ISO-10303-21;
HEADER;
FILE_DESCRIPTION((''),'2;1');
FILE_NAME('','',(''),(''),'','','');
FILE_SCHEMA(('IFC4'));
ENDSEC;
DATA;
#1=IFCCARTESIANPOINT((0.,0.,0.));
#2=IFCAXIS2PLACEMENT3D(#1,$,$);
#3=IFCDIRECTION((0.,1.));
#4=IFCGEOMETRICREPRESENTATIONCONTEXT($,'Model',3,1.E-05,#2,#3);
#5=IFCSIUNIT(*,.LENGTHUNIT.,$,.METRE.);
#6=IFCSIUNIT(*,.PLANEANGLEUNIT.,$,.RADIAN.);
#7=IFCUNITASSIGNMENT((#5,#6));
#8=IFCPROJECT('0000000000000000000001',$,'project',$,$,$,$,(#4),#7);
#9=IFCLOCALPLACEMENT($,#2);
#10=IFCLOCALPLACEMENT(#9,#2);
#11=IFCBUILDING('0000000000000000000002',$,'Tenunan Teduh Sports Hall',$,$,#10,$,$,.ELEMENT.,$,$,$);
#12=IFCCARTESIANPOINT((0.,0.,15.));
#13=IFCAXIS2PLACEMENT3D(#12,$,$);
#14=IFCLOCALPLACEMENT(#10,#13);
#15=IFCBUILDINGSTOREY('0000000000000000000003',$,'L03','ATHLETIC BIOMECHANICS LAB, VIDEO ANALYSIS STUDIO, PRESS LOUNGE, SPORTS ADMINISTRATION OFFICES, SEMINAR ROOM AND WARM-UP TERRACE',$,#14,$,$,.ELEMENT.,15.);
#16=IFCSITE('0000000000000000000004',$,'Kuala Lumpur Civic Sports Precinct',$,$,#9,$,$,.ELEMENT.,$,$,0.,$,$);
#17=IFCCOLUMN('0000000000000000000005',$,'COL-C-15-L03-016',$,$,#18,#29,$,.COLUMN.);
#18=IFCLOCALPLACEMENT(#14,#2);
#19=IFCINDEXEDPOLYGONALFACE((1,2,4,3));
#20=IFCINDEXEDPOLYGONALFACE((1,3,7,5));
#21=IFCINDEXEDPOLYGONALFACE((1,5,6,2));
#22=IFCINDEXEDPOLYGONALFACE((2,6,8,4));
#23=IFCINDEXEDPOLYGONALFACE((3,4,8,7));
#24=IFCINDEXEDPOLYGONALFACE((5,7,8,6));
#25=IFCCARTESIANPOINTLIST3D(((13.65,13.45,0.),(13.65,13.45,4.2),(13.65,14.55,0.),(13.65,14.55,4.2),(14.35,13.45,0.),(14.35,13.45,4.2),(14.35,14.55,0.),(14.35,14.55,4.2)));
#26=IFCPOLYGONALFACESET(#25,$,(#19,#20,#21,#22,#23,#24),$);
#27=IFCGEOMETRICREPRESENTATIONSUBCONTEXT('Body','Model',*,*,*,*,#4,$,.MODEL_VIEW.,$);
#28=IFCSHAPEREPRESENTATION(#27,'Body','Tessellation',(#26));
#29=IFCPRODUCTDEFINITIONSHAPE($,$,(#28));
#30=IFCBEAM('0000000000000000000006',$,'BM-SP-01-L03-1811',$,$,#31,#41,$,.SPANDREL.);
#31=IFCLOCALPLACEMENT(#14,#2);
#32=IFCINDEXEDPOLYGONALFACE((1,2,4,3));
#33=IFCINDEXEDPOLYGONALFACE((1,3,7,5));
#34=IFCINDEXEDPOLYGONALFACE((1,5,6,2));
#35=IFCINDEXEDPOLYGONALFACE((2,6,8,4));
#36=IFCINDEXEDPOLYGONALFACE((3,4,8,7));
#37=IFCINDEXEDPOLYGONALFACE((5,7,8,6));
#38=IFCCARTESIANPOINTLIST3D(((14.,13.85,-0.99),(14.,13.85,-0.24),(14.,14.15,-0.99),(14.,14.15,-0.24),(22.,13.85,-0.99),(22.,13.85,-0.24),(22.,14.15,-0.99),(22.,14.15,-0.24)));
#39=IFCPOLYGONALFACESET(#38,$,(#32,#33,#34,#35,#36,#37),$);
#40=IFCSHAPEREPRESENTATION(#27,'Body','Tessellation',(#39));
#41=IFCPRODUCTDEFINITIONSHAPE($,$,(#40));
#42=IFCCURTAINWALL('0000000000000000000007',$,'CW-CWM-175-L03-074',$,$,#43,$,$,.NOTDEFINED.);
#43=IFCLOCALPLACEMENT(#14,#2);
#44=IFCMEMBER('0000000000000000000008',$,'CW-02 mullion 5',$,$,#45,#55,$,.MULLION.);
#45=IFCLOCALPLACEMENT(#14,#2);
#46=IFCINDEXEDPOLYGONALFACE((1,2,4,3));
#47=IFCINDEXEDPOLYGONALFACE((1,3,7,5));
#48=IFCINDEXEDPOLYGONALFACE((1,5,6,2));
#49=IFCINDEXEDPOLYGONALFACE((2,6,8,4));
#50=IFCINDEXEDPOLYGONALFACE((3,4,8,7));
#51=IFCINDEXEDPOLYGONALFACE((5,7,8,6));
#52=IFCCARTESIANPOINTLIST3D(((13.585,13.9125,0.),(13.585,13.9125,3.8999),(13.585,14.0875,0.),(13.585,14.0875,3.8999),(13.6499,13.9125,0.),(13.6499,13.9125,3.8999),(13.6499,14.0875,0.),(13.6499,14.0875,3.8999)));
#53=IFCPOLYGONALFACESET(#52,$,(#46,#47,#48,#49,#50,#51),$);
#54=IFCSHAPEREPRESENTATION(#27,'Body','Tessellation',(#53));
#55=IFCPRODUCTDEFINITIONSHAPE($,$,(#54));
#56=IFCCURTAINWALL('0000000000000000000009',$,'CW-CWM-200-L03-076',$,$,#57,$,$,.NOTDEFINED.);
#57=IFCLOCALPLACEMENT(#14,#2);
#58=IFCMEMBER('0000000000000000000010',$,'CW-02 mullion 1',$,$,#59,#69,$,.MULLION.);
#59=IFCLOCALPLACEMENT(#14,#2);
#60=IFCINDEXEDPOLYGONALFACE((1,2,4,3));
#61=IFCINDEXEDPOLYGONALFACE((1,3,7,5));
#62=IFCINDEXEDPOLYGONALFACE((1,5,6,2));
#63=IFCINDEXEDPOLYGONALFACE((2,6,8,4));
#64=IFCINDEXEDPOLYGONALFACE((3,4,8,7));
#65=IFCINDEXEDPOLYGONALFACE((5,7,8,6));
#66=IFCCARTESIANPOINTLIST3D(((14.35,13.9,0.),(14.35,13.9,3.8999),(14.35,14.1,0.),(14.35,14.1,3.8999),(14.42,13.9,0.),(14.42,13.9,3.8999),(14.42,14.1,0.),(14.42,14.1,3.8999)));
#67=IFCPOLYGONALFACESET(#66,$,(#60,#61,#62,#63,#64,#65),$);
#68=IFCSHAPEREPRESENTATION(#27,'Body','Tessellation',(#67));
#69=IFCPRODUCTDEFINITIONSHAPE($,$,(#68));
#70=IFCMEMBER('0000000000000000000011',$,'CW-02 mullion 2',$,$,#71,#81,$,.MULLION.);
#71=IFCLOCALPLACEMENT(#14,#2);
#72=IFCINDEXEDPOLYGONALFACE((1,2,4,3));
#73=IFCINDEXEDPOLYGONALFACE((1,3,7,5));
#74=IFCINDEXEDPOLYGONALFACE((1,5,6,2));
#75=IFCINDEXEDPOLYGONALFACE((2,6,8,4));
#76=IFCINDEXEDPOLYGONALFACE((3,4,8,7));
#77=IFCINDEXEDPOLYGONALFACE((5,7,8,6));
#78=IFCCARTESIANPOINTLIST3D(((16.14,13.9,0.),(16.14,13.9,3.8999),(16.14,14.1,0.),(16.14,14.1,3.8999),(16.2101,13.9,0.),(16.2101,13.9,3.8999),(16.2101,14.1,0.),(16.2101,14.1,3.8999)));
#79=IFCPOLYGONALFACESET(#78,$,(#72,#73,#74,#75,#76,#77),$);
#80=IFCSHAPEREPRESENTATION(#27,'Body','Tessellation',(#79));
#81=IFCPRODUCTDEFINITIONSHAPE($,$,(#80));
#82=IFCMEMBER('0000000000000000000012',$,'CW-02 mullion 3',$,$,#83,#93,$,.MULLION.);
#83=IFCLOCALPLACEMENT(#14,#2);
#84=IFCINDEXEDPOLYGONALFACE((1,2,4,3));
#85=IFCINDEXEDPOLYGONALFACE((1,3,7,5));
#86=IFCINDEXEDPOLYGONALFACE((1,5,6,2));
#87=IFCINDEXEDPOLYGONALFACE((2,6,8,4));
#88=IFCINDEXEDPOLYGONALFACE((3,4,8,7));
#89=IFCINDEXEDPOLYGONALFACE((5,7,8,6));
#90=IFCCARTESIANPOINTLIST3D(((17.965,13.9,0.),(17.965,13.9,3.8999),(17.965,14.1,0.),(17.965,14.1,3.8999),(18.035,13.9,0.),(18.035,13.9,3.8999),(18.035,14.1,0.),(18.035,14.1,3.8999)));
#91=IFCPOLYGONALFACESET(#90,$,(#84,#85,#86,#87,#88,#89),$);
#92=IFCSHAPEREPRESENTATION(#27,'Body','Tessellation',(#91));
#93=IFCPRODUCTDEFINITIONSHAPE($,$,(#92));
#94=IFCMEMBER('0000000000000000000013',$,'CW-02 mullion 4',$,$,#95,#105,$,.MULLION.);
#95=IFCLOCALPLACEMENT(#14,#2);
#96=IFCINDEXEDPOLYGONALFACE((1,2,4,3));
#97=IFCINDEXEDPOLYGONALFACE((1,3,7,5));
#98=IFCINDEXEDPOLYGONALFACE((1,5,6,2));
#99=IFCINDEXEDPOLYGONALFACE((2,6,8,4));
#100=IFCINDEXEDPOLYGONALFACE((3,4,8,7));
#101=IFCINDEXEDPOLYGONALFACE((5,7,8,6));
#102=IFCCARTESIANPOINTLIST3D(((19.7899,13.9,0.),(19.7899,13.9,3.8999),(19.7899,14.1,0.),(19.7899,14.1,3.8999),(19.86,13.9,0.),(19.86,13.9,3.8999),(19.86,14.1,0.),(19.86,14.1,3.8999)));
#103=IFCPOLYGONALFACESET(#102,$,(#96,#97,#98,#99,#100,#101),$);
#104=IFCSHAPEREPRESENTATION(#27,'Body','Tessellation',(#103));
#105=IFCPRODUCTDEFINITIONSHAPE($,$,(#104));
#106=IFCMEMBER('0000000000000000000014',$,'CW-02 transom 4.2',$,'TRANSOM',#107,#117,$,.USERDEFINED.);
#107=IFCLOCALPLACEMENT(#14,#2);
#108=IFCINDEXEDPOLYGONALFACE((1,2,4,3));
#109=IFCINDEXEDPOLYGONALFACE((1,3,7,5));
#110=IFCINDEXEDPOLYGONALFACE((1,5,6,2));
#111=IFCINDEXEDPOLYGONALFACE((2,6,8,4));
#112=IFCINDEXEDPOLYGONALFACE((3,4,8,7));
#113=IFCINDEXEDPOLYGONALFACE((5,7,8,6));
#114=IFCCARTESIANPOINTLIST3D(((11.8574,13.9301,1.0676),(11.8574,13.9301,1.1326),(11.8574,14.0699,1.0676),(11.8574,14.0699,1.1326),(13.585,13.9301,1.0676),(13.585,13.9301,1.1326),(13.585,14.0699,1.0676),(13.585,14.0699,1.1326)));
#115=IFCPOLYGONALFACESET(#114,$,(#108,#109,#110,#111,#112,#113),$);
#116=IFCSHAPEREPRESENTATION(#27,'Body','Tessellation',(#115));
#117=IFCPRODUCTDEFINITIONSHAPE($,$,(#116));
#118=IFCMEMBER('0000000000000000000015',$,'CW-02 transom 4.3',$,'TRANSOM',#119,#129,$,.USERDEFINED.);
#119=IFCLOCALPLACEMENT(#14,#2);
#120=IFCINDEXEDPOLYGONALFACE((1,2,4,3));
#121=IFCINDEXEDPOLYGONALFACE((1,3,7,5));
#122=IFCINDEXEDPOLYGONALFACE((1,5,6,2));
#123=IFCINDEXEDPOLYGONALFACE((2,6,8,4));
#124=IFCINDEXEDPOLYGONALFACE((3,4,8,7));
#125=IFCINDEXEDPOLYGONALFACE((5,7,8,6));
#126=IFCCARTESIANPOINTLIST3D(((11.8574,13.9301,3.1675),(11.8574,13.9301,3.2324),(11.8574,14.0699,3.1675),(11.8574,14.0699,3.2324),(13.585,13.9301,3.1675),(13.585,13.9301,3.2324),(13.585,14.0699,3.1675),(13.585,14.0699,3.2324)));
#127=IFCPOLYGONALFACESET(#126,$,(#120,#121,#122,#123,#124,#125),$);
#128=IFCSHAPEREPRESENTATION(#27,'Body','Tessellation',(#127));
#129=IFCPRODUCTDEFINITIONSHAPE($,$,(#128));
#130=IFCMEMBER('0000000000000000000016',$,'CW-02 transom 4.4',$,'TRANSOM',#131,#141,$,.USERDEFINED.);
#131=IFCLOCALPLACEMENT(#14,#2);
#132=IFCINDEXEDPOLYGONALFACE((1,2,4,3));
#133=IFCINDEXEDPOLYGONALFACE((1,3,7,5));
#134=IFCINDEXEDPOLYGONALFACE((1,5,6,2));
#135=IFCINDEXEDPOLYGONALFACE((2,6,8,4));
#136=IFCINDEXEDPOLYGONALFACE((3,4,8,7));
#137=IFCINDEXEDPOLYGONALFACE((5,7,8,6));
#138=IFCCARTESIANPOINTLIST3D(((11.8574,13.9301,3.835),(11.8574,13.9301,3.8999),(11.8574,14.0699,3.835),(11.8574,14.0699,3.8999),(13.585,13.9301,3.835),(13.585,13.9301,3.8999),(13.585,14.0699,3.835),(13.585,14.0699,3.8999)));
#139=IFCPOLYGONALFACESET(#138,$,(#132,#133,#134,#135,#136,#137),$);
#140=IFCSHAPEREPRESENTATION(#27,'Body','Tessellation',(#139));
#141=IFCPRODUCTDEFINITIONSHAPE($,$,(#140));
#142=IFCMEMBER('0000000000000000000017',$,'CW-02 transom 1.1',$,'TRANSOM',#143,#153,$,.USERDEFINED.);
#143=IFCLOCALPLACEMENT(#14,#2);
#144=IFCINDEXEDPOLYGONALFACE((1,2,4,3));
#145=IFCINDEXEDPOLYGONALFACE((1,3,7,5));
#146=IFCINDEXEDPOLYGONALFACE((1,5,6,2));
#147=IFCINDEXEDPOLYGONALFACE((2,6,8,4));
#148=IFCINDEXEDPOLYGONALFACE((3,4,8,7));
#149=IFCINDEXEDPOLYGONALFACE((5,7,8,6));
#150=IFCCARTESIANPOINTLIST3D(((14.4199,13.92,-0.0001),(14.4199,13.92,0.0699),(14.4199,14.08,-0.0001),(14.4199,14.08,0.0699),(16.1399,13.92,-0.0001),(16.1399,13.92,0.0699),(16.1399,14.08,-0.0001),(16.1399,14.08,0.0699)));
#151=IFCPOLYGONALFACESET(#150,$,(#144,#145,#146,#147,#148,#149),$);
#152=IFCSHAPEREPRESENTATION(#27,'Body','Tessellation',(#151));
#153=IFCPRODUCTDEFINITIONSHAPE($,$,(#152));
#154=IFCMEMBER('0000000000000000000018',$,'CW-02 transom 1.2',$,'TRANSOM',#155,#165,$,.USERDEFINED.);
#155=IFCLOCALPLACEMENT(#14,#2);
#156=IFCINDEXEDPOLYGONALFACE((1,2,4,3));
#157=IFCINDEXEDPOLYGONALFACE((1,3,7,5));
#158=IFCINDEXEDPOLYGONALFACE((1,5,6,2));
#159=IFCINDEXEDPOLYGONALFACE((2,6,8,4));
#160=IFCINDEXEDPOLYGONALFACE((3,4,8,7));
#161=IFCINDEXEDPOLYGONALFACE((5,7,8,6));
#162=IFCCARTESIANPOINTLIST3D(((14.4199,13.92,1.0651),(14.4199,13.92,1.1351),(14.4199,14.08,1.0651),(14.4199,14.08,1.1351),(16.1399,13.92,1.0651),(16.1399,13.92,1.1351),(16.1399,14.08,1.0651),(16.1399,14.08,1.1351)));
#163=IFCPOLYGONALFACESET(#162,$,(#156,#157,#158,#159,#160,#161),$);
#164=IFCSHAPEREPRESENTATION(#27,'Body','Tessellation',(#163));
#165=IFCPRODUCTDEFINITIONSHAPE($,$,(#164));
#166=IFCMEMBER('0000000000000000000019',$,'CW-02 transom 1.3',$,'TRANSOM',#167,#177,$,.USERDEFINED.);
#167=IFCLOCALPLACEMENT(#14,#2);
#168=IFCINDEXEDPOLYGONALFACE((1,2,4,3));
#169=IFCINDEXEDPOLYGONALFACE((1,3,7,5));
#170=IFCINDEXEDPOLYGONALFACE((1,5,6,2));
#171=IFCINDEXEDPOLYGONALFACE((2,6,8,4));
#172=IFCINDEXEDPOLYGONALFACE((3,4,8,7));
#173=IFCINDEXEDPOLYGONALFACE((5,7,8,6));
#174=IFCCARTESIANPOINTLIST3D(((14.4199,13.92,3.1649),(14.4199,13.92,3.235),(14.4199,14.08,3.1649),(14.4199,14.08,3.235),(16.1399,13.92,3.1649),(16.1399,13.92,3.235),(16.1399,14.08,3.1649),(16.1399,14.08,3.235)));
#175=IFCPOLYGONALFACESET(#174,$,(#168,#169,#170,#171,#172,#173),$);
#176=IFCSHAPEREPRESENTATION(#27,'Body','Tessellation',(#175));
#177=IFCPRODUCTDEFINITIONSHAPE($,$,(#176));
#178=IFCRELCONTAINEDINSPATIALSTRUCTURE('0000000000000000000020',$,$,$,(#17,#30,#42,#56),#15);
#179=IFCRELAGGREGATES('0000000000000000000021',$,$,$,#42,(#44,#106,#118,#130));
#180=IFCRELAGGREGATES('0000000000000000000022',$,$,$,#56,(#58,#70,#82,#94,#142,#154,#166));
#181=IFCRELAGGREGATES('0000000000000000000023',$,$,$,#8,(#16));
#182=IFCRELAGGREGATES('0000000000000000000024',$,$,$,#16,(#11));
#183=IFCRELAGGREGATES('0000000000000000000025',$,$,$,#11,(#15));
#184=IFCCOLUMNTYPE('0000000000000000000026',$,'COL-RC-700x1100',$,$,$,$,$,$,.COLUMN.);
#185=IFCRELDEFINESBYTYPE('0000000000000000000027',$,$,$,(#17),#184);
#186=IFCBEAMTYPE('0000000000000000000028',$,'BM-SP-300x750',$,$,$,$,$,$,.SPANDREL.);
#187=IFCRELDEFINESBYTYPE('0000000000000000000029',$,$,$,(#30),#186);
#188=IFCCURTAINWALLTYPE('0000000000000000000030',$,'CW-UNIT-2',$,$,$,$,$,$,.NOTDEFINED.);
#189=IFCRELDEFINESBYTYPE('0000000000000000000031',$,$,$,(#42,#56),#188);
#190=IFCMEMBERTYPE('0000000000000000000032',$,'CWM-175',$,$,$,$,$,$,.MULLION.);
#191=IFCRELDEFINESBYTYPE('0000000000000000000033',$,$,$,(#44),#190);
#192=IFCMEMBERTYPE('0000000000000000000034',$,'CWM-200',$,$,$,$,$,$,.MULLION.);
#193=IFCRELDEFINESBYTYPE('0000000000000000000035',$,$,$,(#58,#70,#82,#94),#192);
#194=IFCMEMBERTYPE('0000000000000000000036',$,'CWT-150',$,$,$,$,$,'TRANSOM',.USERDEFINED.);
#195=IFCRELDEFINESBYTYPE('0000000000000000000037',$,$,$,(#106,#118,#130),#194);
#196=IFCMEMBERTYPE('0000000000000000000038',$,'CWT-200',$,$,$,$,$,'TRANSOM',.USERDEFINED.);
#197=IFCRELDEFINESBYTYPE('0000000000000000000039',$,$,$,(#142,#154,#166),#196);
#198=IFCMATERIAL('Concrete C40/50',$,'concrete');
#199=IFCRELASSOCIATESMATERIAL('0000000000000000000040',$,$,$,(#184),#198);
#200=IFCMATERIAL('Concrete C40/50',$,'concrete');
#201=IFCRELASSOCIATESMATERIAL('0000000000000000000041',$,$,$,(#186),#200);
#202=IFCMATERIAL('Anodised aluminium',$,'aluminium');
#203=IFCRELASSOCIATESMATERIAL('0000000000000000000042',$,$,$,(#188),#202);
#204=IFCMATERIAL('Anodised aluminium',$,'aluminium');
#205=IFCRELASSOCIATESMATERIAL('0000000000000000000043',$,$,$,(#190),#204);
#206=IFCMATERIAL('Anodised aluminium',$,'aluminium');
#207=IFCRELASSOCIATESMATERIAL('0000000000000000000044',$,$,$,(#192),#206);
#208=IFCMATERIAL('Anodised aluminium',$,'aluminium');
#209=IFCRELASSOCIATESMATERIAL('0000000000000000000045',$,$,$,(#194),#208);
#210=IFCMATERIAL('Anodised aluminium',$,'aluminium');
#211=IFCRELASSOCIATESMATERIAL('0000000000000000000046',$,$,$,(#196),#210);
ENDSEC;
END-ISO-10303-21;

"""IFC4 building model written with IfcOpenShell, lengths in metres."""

from ifc_helpers import new_model, si_unit, direction, frame, origin, origin_2d, place, context, subcontext, project, spatial, rectangle, extrude, material, material_profile, profile_set, type_object, element, aggregate, save


model = new_model("IFC4")

# Units and contexts
model_context = context("Model", 3, precision=1e-05, world=origin(), true_north=direction((0.0, 1.0)))
body_context = subcontext(model_context, "Body", "Model", "MODEL_VIEW")
ifc_project = project(units=[si_unit("LENGTHUNIT", "METRE"), si_unit("PLANEANGLEUNIT", "RADIAN")], contexts=[model_context])

# Site, building, storey
site_placement = place(None, origin())
site = spatial("IfcSite", under=ifc_project, at=site_placement, Name="Kuala Lumpur Civic Sports Precinct", CompositionType="ELEMENT", RefElevation=0.0)
building_placement = place(site_placement, origin())
building = spatial("IfcBuilding", under=site, at=building_placement, Name="Tenunan Teduh Sports Hall", CompositionType="ELEMENT")
storey_placement = place(building_placement, frame((0.0, 0.0, 15.0)))
storey = spatial("IfcBuildingStorey", under=building, at=storey_placement, Name="L03", Description="ATHLETIC BIOMECHANICS LAB, VIDEO ANALYSIS STUDIO, PRESS LOUNGE, SPORTS ADMINISTRATION OFFICES, SEMINAR ROOM AND WARM-UP TERRACE", CompositionType="ELEMENT", Elevation=15.0)

# Column
ifc_material_1 = material(Name="Concrete C40/50", Category="concrete")
ifc_material_profile_1 = material_profile(ifc_material_1, rectangle(XDim=0.7, YDim=1.1001, at=origin_2d()), Name="RC 700x1100")
ifc_profile_set_1 = profile_set([ifc_material_profile_1], Name="Concrete C40/50")
column_type = type_object("IfcColumnType", Name="COL-RC-700x1100", PredefinedType="COLUMN", material=ifc_profile_set_1)
column_placement = place(storey_placement, frame((14.0, 14.0, 0.0), z_axis=(0.0, 0.0, 1.0), x_axis=(1.0, 0.0, 0.0)))
element("IfcColumn", 1, at=column_placement, inside=storey, type_object=column_type, Name="COL-C-15-L03-016", PredefinedType="COLUMN", context=body_context, shape_type="SweptSolid", body=[
    extrude(rectangle(XDim=0.7, YDim=1.1001, at=origin_2d()), origin(), (0.0, 0.0, 1.0), 4.2),
])

# Beam
ifc_material_2 = material(Name="Concrete C40/50", Category="concrete")
ifc_material_profile_2 = material_profile(ifc_material_2, rectangle(XDim=0.3, YDim=0.75, at=origin_2d()), Name="SPB 300x750")
ifc_profile_set_2 = profile_set([ifc_material_profile_2], Name="Concrete C40/50")
beam_type = type_object("IfcBeamType", Name="BM-SP-300x750", PredefinedType="SPANDREL", material=ifc_profile_set_2)
beam_placement = place(storey_placement, frame((14.0, 14.0, -0.615), z_axis=(1.0, 0.0, 0.0), x_axis=(0.0, 1.0, 0.0)))
element("IfcBeam", 2, at=beam_placement, inside=storey, type_object=beam_type, Name="BM-SP-01-L03-1811", PredefinedType="SPANDREL", context=body_context, shape_type="SweptSolid", body=[
    extrude(rectangle(XDim=0.3, YDim=0.75, at=origin_2d()), origin(), (0.0, 0.0, 1.0), 8.0),
])

# Curtain wall, member
ifc_material_3 = material(Name="Anodised aluminium", Category="aluminium")
curtain_wall_type = type_object("IfcCurtainWallType", Name="CW-UNIT-2", PredefinedType="NOTDEFINED", material=ifc_material_3)
curtain_wall_1_placement = place(storey_placement, origin())
curtain_wall_1 = element("IfcCurtainWall", 3, at=curtain_wall_1_placement, inside=storey, type_object=curtain_wall_type, Name="CW-CWM-175-L03-074", PredefinedType="NOTDEFINED")
ifc_material_4 = material(Name="Anodised aluminium", Category="aluminium")
ifc_material_profile_3 = material_profile(ifc_material_4, rectangle(XDim=0.0649, YDim=0.175, at=origin_2d()), Name="CWM 65x175")
ifc_profile_set_3 = profile_set([ifc_material_profile_3], Name="Anodised aluminium")
member_type_1 = type_object("IfcMemberType", Name="CWM-175", PredefinedType="MULLION", material=ifc_profile_set_3)
member_1_placement = place(storey_placement, frame((13.6174, 14.0, 0.0), z_axis=(0.0, 0.0, 1.0), x_axis=(1.0, 0.0, 0.0)))
member_1 = element("IfcMember", 4, at=member_1_placement, type_object=member_type_1, Name="CW-02 mullion 5", PredefinedType="MULLION", context=body_context, shape_type="SweptSolid", body=[
    extrude(rectangle(XDim=0.0649, YDim=0.175, at=origin_2d()), origin(), (0.0, 0.0, 1.0), 3.8999),
])

# Curtain wall, members
curtain_wall_2_placement = place(storey_placement, origin())
curtain_wall_2 = element("IfcCurtainWall", 5, at=curtain_wall_2_placement, inside=storey, type_object=curtain_wall_type, Name="CW-CWM-200-L03-076", PredefinedType="NOTDEFINED")
ifc_material_5 = material(Name="Anodised aluminium", Category="aluminium")
ifc_material_profile_4 = material_profile(ifc_material_5, rectangle(XDim=0.0701, YDim=0.2, at=origin_2d()), Name="CWM 70x200")
ifc_profile_set_4 = profile_set([ifc_material_profile_4], Name="Anodised aluminium")
member_type_2 = type_object("IfcMemberType", Name="CWM-200", PredefinedType="MULLION", material=ifc_profile_set_4)
member_2_placement = place(storey_placement, frame((14.385, 14.0, 0.0), z_axis=(0.0, 0.0, 1.0), x_axis=(1.0, 0.0, 0.0)))
member_2 = element("IfcMember", 6, at=member_2_placement, type_object=member_type_2, Name="CW-02 mullion 1", PredefinedType="MULLION", context=body_context, shape_type="SweptSolid", body=[
    extrude(rectangle(XDim=0.0701, YDim=0.2, at=origin_2d()), origin(), (0.0, 0.0, 1.0), 3.8999),
])
member_3_placement = place(storey_placement, frame((16.175, 14.0, 0.0), z_axis=(0.0, 0.0, 1.0), x_axis=(1.0, 0.0, 0.0)))
member_3 = element("IfcMember", 7, at=member_3_placement, type_object=member_type_2, Name="CW-02 mullion 2", PredefinedType="MULLION", context=body_context, shape_type="SweptSolid", body=[
    extrude(rectangle(XDim=0.0701, YDim=0.2, at=origin_2d()), origin(), (0.0, 0.0, 1.0), 3.8999),
])
member_4_placement = place(storey_placement, frame((18.0, 14.0, 0.0), z_axis=(0.0, 0.0, 1.0), x_axis=(1.0, 0.0, 0.0)))
member_4 = element("IfcMember", 8, at=member_4_placement, type_object=member_type_2, Name="CW-02 mullion 3", PredefinedType="MULLION", context=body_context, shape_type="SweptSolid", body=[
    extrude(rectangle(XDim=0.0701, YDim=0.2, at=origin_2d()), origin(), (0.0, 0.0, 1.0), 3.8999),
])
member_5_placement = place(storey_placement, frame((19.825, 14.0, 0.0), z_axis=(0.0, 0.0, 1.0), x_axis=(1.0, 0.0, 0.0)))
member_5 = element("IfcMember", 9, at=member_5_placement, type_object=member_type_2, Name="CW-02 mullion 4", PredefinedType="MULLION", context=body_context, shape_type="SweptSolid", body=[
    extrude(rectangle(XDim=0.0701, YDim=0.2, at=origin_2d()), origin(), (0.0, 0.0, 1.0), 3.8999),
])

# Members
ifc_material_6 = material(Name="Anodised aluminium", Category="aluminium")
ifc_material_profile_5 = material_profile(ifc_material_6, rectangle(XDim=0.0649, YDim=0.1399, at=origin_2d()), Name="CWT 65x140")
ifc_profile_set_5 = profile_set([ifc_material_profile_5], Name="Anodised aluminium")
member_type_3 = type_object("IfcMemberType", Name="CWT-150", ElementType="TRANSOM", PredefinedType="USERDEFINED", material=ifc_profile_set_5)
member_6_placement = place(storey_placement, frame((11.8574, 14.0, 1.1001), z_axis=(1.0, 0.0, 0.0), x_axis=(0.0, 0.0, 1.0)))
member_6 = element("IfcMember", 10, at=member_6_placement, type_object=member_type_3, Name="CW-02 transom 4.2", ObjectType="TRANSOM", PredefinedType="USERDEFINED", context=body_context, shape_type="SweptSolid", body=[
    extrude(rectangle(XDim=0.0649, YDim=0.1399, at=origin_2d()), origin(), (0.0, 0.0, 1.0), 1.7275),
])
member_7_placement = place(storey_placement, frame((11.8574, 14.0, 3.2), z_axis=(1.0, 0.0, 0.0), x_axis=(0.0, 0.0, 1.0)))
member_7 = element("IfcMember", 11, at=member_7_placement, type_object=member_type_3, Name="CW-02 transom 4.3", ObjectType="TRANSOM", PredefinedType="USERDEFINED", context=body_context, shape_type="SweptSolid", body=[
    extrude(rectangle(XDim=0.0649, YDim=0.1399, at=origin_2d()), origin(), (0.0, 0.0, 1.0), 1.7275),
])
member_8_placement = place(storey_placement, frame((11.8574, 14.0, 3.8674), z_axis=(1.0, 0.0, 0.0), x_axis=(0.0, 0.0, 1.0)))
member_8 = element("IfcMember", 12, at=member_8_placement, type_object=member_type_3, Name="CW-02 transom 4.4", ObjectType="TRANSOM", PredefinedType="USERDEFINED", context=body_context, shape_type="SweptSolid", body=[
    extrude(rectangle(XDim=0.0649, YDim=0.1399, at=origin_2d()), origin(), (0.0, 0.0, 1.0), 1.7275),
])
ifc_material_7 = material(Name="Anodised aluminium", Category="aluminium")
ifc_material_profile_6 = material_profile(ifc_material_7, rectangle(XDim=0.0701, YDim=0.1599, at=origin_2d()), Name="CWT 70x160")
ifc_profile_set_6 = profile_set([ifc_material_profile_6], Name="Anodised aluminium")
member_type_4 = type_object("IfcMemberType", Name="CWT-200", ElementType="TRANSOM", PredefinedType="USERDEFINED", material=ifc_profile_set_6)
member_9_placement = place(storey_placement, frame((14.4199, 14.0, 0.0349), z_axis=(1.0, 0.0, 0.0), x_axis=(0.0, 0.0, 1.0)))
member_9 = element("IfcMember", 13, at=member_9_placement, type_object=member_type_4, Name="CW-02 transom 1.1", ObjectType="TRANSOM", PredefinedType="USERDEFINED", context=body_context, shape_type="SweptSolid", body=[
    extrude(rectangle(XDim=0.0701, YDim=0.1599, at=origin_2d()), origin(), (0.0, 0.0, 1.0), 1.72),
])
member_10_placement = place(storey_placement, frame((14.4199, 14.0, 1.1001), z_axis=(1.0, 0.0, 0.0), x_axis=(0.0, 0.0, 1.0)))
member_10 = element("IfcMember", 14, at=member_10_placement, type_object=member_type_4, Name="CW-02 transom 1.2", ObjectType="TRANSOM", PredefinedType="USERDEFINED", context=body_context, shape_type="SweptSolid", body=[
    extrude(rectangle(XDim=0.0701, YDim=0.1599, at=origin_2d()), origin(), (0.0, 0.0, 1.0), 1.72),
])
member_11_placement = place(storey_placement, frame((14.4199, 14.0, 3.2), z_axis=(1.0, 0.0, 0.0), x_axis=(0.0, 0.0, 1.0)))
member_11 = element("IfcMember", 15, at=member_11_placement, type_object=member_type_4, Name="CW-02 transom 1.3", ObjectType="TRANSOM", PredefinedType="USERDEFINED", context=body_context, shape_type="SweptSolid", body=[
    extrude(rectangle(XDim=0.0701, YDim=0.1599, at=origin_2d()), origin(), (0.0, 0.0, 1.0), 1.72),
])

aggregate(curtain_wall_1, [member_1, member_6, member_7, member_8])
aggregate(curtain_wall_2, [member_2, member_3, member_4, member_5, member_9, member_10, member_11])

save(model, "model.ifc")
